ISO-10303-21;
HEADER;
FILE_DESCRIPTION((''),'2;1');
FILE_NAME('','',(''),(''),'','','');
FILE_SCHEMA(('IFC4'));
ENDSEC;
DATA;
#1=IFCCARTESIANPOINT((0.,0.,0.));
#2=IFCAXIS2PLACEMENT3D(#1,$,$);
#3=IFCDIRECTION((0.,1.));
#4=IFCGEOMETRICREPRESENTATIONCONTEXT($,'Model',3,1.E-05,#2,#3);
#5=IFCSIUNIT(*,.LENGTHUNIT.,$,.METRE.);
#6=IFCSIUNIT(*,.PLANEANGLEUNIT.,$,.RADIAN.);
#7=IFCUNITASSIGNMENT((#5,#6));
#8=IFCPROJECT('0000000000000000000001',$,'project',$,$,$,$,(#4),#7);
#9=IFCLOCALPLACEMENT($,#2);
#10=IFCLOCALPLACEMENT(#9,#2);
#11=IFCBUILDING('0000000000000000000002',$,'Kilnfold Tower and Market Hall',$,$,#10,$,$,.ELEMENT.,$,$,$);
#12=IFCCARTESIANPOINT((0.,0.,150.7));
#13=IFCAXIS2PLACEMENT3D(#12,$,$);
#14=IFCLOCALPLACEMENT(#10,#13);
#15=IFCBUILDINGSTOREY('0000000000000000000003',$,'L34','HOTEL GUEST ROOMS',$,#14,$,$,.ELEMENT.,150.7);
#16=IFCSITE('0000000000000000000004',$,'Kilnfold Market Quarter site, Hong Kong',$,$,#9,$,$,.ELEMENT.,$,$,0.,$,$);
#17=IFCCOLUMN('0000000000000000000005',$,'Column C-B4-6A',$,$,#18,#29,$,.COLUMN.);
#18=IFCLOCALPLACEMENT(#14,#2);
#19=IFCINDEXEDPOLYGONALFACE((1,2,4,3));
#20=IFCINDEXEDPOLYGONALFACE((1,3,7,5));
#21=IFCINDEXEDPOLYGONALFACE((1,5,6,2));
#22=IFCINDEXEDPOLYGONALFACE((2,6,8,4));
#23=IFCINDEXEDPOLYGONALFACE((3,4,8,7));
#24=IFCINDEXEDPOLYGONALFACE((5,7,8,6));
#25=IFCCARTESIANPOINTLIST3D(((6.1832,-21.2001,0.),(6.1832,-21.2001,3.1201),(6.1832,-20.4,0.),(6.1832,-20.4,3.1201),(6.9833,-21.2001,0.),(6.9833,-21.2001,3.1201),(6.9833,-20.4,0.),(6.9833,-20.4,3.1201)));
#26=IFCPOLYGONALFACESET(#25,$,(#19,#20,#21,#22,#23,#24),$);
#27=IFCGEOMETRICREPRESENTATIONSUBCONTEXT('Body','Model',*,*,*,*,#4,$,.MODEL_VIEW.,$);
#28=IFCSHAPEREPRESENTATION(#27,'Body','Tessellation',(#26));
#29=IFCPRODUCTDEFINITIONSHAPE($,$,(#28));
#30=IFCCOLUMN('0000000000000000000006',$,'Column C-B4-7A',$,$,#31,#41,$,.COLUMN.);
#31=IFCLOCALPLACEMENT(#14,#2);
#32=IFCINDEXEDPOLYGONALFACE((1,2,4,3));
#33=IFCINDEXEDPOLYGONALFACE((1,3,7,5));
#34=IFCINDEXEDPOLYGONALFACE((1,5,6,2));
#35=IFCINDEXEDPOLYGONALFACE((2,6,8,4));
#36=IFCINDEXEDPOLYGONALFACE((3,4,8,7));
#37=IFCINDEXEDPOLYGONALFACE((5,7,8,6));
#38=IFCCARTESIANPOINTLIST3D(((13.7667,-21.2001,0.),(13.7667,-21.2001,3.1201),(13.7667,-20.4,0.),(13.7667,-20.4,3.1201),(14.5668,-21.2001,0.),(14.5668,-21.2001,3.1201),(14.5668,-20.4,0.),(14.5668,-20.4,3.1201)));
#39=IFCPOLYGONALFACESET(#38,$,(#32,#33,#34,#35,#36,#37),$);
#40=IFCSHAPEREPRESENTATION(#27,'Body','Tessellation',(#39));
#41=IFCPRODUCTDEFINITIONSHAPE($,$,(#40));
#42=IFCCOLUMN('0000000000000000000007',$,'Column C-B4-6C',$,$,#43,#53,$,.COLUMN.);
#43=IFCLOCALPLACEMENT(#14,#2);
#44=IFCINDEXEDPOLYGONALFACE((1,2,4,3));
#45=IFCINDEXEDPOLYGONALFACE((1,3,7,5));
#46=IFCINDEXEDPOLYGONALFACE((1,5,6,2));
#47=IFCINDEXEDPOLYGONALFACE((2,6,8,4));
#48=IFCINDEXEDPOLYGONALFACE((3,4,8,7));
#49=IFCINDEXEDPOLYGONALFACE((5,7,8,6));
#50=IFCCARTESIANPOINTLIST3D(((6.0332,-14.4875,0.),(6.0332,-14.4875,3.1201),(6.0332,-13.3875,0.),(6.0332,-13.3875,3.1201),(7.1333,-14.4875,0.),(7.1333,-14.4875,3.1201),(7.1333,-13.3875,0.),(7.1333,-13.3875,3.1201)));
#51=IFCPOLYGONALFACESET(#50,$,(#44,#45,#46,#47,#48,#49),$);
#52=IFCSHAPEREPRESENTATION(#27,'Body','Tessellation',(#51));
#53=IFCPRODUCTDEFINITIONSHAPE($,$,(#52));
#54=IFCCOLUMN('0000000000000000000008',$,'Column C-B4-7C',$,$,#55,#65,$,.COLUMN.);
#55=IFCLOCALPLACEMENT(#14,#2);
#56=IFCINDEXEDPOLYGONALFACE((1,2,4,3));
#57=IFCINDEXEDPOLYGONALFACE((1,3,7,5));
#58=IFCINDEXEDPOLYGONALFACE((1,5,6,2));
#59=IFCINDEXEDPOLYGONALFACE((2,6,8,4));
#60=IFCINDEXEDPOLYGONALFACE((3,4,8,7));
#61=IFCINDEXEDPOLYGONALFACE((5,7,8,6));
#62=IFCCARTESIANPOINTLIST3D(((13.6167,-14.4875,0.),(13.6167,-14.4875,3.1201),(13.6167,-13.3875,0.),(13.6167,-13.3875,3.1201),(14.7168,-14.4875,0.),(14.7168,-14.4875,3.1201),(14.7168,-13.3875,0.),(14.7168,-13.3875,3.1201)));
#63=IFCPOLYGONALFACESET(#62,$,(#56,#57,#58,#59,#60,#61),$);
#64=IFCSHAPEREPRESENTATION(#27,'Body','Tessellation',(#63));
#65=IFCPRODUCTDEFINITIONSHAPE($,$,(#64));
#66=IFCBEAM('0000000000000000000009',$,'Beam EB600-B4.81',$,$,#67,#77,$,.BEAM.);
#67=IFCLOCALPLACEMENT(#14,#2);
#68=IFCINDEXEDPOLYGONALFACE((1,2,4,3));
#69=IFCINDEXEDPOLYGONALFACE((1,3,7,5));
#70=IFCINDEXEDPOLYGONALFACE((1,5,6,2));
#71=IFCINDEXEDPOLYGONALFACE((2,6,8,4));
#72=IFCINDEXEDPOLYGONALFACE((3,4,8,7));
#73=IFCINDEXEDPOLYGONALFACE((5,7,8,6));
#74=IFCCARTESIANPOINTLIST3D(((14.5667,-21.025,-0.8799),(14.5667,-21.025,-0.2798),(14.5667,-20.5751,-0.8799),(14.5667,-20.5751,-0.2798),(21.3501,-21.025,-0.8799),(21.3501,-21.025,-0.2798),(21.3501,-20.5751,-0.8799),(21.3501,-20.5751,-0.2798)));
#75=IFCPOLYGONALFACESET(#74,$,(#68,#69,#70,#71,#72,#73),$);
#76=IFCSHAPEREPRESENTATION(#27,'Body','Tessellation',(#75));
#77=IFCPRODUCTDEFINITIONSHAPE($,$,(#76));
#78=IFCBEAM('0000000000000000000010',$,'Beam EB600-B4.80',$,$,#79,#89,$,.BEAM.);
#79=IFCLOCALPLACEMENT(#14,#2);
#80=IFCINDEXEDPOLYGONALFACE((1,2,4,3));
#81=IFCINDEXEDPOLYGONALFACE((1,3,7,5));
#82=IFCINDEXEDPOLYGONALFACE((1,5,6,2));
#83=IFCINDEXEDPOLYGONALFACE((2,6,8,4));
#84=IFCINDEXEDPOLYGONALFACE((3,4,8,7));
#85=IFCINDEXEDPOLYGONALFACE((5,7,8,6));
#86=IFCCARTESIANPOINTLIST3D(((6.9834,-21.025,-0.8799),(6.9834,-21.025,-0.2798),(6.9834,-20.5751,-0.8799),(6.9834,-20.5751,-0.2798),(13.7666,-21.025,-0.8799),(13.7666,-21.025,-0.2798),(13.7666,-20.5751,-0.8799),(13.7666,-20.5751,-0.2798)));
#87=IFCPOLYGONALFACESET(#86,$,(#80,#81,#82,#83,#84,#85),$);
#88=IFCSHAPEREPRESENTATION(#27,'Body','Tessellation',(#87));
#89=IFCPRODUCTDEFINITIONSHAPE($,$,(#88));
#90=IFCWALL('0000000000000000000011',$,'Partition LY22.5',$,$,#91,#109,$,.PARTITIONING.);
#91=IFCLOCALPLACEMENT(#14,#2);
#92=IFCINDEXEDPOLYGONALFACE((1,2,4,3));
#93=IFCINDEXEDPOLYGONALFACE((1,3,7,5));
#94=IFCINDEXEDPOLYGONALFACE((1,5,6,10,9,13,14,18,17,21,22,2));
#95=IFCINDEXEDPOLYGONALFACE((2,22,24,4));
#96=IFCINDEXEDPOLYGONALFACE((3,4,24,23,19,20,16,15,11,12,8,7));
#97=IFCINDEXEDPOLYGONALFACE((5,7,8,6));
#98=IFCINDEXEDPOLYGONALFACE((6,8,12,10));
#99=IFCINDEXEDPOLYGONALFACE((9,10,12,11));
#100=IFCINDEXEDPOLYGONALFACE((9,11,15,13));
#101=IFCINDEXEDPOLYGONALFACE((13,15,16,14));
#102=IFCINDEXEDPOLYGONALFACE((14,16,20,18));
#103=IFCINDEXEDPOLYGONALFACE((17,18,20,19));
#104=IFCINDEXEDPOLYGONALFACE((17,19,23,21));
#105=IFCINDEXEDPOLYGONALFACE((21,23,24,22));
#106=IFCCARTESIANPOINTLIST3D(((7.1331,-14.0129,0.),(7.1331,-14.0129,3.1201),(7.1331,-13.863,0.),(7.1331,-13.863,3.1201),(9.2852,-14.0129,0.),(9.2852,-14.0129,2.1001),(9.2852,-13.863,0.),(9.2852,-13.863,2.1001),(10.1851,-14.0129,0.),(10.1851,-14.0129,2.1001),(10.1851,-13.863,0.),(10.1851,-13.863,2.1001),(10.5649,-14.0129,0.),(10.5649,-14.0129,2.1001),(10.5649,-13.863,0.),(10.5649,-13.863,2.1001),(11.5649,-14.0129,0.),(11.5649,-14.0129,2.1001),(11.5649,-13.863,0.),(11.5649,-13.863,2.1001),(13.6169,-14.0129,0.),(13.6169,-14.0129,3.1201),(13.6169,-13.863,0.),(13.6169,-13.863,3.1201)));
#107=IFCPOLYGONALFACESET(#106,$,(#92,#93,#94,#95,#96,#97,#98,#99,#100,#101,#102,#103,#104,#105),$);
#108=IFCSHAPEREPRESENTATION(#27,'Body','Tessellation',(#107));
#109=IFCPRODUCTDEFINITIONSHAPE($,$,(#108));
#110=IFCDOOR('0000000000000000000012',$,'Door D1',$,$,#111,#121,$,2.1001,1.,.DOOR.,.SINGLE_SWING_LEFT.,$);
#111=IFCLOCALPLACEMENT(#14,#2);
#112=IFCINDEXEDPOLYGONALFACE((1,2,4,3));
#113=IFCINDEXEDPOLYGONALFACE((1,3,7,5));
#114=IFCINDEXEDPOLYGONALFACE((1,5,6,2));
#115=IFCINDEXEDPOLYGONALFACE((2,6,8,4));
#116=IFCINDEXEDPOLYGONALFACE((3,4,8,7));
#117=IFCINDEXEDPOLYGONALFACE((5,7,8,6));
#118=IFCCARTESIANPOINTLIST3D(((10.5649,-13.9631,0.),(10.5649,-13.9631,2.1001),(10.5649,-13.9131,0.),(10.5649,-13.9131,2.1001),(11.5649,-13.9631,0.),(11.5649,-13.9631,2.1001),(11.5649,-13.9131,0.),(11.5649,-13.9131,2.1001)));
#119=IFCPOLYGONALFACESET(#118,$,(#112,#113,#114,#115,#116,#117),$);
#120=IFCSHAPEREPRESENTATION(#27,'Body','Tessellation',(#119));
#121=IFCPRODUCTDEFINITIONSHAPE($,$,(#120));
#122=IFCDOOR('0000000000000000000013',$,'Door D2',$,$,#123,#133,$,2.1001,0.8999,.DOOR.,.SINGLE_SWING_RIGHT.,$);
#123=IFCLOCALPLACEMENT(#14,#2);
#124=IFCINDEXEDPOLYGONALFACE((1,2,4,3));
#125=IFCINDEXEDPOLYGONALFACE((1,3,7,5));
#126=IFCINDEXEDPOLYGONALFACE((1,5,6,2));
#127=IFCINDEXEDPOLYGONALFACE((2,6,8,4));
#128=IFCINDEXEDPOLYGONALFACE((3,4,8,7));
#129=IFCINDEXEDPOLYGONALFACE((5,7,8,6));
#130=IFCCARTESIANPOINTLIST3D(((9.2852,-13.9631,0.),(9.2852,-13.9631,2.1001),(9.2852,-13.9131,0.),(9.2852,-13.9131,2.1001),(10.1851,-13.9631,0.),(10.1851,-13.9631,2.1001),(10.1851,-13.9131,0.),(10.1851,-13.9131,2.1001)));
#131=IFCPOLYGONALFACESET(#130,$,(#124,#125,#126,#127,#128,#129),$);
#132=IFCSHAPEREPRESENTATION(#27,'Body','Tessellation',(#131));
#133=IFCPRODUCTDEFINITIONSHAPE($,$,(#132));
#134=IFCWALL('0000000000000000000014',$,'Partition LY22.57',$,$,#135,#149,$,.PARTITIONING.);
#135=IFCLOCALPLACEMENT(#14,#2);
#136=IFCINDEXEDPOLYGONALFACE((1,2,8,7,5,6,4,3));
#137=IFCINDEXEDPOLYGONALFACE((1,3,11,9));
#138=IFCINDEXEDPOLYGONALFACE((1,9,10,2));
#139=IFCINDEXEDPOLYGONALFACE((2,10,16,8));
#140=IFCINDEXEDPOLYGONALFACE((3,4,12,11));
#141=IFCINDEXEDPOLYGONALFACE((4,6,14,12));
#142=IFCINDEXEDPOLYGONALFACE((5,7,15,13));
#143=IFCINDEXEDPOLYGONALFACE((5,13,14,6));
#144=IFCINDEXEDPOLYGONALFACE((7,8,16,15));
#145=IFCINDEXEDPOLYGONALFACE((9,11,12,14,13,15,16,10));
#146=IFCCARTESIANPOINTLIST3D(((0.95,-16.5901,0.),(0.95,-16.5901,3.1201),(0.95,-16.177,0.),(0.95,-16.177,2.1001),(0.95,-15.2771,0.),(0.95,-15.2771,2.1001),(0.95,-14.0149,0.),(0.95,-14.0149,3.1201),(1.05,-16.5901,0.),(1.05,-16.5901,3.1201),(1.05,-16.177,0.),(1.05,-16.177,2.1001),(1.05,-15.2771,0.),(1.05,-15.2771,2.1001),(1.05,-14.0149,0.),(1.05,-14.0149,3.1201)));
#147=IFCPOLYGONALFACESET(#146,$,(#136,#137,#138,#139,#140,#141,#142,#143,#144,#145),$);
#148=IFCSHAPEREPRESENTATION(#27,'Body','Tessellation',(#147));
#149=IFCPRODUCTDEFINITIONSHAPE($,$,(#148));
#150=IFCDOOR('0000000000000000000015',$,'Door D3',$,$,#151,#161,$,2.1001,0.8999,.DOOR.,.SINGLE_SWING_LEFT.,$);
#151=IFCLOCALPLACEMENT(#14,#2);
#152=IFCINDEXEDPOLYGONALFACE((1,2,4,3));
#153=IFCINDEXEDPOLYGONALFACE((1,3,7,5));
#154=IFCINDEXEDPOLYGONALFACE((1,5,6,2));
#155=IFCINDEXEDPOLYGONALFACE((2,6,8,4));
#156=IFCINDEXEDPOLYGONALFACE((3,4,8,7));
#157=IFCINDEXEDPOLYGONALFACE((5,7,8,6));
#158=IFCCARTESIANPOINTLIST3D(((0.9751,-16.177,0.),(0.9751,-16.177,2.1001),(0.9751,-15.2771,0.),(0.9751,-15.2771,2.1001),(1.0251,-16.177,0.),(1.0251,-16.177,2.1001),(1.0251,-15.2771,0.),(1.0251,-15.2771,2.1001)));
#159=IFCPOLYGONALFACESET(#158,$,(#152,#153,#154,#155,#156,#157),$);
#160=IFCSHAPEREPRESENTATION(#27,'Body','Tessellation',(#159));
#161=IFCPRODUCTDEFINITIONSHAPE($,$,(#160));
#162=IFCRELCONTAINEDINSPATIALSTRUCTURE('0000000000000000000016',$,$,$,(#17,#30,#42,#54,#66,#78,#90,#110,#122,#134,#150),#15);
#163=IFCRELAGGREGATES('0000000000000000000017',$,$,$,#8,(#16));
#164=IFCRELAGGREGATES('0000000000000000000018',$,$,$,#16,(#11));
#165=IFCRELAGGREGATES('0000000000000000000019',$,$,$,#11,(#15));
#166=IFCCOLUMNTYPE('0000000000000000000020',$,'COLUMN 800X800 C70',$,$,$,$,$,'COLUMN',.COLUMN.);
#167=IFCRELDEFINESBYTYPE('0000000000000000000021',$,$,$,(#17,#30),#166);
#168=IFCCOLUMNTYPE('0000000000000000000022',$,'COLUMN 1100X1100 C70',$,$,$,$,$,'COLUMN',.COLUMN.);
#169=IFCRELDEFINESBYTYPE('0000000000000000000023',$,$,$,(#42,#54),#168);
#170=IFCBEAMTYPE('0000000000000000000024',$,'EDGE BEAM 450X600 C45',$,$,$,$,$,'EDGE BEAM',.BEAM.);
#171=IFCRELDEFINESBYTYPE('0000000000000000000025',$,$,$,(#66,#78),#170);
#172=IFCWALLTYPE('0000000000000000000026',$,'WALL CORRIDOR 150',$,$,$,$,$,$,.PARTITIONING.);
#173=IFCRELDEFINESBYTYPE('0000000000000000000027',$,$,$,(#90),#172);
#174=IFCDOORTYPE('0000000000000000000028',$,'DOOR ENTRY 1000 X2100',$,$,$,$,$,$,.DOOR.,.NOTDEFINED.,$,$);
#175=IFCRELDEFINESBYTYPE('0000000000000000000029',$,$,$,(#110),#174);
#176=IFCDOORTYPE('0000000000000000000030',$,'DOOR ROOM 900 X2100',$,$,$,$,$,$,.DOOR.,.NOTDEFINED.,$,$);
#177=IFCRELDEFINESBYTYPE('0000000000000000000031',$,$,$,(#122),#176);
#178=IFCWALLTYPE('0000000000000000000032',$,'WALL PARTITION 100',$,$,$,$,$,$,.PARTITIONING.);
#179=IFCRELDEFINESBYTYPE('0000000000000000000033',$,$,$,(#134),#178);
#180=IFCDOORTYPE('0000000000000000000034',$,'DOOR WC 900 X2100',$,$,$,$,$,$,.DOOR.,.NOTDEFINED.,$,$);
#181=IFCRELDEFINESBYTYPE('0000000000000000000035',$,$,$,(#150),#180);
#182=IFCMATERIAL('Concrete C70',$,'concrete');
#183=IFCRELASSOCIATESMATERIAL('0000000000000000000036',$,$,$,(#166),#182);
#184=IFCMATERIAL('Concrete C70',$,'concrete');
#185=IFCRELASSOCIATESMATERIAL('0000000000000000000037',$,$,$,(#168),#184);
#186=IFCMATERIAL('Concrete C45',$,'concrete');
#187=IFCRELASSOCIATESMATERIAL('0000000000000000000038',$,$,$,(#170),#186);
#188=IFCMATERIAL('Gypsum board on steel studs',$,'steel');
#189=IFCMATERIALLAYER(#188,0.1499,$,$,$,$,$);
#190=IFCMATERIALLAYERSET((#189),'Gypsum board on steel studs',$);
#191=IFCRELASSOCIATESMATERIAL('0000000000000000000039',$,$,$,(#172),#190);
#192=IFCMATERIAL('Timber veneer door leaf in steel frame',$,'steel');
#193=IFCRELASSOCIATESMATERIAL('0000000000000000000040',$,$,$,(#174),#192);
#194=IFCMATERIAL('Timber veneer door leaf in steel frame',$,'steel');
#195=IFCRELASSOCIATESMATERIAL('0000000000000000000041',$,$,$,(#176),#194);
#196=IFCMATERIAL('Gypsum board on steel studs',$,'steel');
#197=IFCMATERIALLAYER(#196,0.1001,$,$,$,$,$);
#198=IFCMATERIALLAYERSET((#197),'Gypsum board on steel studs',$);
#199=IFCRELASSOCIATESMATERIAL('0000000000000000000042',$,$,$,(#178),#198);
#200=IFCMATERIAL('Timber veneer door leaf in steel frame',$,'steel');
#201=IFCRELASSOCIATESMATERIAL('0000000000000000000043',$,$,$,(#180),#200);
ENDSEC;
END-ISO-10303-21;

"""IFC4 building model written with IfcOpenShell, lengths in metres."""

from ifc_helpers import new_model, si_unit, direction, frame, frame_2d, origin, origin_2d, place, context, subcontext, project, spatial, rectangle, extrude, source, transform, mapped, material, layer, layer_set, material_profile, profile_set, type_object, element, fill, save


model = new_model("IFC4")

# Units and contexts
model_context = context("Model", 3, precision=1e-05, world=origin(), true_north=direction((0.0, 1.0)))
body_context = subcontext(model_context, "Body", "Model", "MODEL_VIEW")
ifc_project = project(units=[si_unit("LENGTHUNIT", "METRE"), si_unit("PLANEANGLEUNIT", "RADIAN")], contexts=[model_context])

# Site, building, storey
site_placement = place(None, origin())
site = spatial("IfcSite", under=ifc_project, at=site_placement, Name="Kilnfold Market Quarter site, Hong Kong", CompositionType="ELEMENT", RefElevation=0.0)
building_placement = place(site_placement, origin())
building = spatial("IfcBuilding", under=site, at=building_placement, Name="Kilnfold Tower and Market Hall", CompositionType="ELEMENT")
storey_placement = place(building_placement, frame((0.0, 0.0, 150.7)))
storey = spatial("IfcBuildingStorey", under=building, at=storey_placement, Name="L34", Description="HOTEL GUEST ROOMS", CompositionType="ELEMENT", Elevation=150.7)

# Columns
ifc_material_1 = material(Name="Concrete C70", Category="concrete")
ifc_material_profile_1 = material_profile(ifc_material_1, rectangle(XDim=0.8, YDim=0.8, at=origin_2d()), Name="RC 800x800")
ifc_profile_set_1 = profile_set([ifc_material_profile_1], Name="Concrete C70")
column_type_1 = type_object("IfcColumnType", Name="COLUMN 800X800 C70", ElementType="COLUMN", PredefinedType="COLUMN", material=ifc_profile_set_1)
shared_shape_1 = source(origin(), body_context, "Body", "SweptSolid", [
    extrude(rectangle(XDim=0.8, YDim=0.8, at=origin_2d()), origin(), (0.0, 0.0, 1.0), 3.1201),
])
for number, where, z_axis, x_axis, name in (
    (1, (6.5833, -20.8, 0.0), (0.0, 0.0, 1.0), (1.0, 0.0, 0.0), "Column C-B4-6A"),
    (2, (14.1667, -20.8, 0.0), (0.0, 0.0, 1.0), (1.0, 0.0, 0.0), "Column C-B4-7A"),
):
    element("IfcColumn", number, at=place(storey_placement, frame(where, z_axis=z_axis, x_axis=x_axis)), inside=storey, type_object=column_type_1, Name=name, PredefinedType="COLUMN", context=body_context, shape_type="MappedRepresentation", body=[
        mapped(shared_shape_1, transform((0.0, 0.0, 0.0))),
    ])
ifc_material_2 = material(Name="Concrete C70", Category="concrete")
ifc_material_profile_2 = material_profile(ifc_material_2, rectangle(XDim=1.1001, YDim=1.1001, at=origin_2d()), Name="RC 1100x1100")
ifc_profile_set_2 = profile_set([ifc_material_profile_2], Name="Concrete C70")
column_type_2 = type_object("IfcColumnType", Name="COLUMN 1100X1100 C70", ElementType="COLUMN", PredefinedType="COLUMN", material=ifc_profile_set_2)
shared_shape_2 = source(origin(), body_context, "Body", "SweptSolid", [
    extrude(rectangle(XDim=1.1001, YDim=1.1001, at=origin_2d()), origin(), (0.0, 0.0, 1.0), 3.1201),
])
for number, where, z_axis, x_axis, name in (
    (3, (6.5833, -13.9375, 0.0), (0.0, 0.0, 1.0), (1.0, 0.0, 0.0), "Column C-B4-6C"),
    (4, (14.1667, -13.9375, 0.0), (0.0, 0.0, 1.0), (1.0, 0.0, 0.0), "Column C-B4-7C"),
):
    element("IfcColumn", number, at=place(storey_placement, frame(where, z_axis=z_axis, x_axis=x_axis)), inside=storey, type_object=column_type_2, Name=name, PredefinedType="COLUMN", context=body_context, shape_type="MappedRepresentation", body=[
        mapped(shared_shape_2, transform((0.0, 0.0, 0.0))),
    ])

# Beams
ifc_material_3 = material(Name="Concrete C45", Category="concrete")
ifc_material_profile_3 = material_profile(ifc_material_3, rectangle(XDim=0.45, YDim=0.6001, at=origin_2d()), Name="RC 450x600")
ifc_profile_set_3 = profile_set([ifc_material_profile_3], Name="Concrete C45")
beam_type = type_object("IfcBeamType", Name="EDGE BEAM 450X600 C45", ElementType="EDGE BEAM", PredefinedType="BEAM", material=ifc_profile_set_3)
shared_shape_3 = source(origin(), body_context, "Body", "SweptSolid", [
    extrude(rectangle(XDim=0.45, YDim=0.6001, at=origin_2d()), origin(), (0.0, 0.0, 1.0), 6.7834),
])
beam_1_placement = place(storey_placement, frame((14.5667, -20.8, -0.5798), z_axis=(1.0, 0.0, 0.0), x_axis=(0.0, 1.0, 0.0)))
element("IfcBeam", 5, at=beam_1_placement, inside=storey, type_object=beam_type, Name="Beam EB600-B4.81", PredefinedType="BEAM", context=body_context, shape_type="MappedRepresentation", body=[
    mapped(shared_shape_3, transform((0.0, 0.0, 0.0))),
])
shared_shape_4 = source(origin(), body_context, "Body", "SweptSolid", [
    extrude(rectangle(XDim=0.45, YDim=0.6001, at=origin_2d()), origin(), (0.0, 0.0, 1.0), 6.7832),
])
beam_2_placement = place(storey_placement, frame((6.9834, -20.8, -0.5798), z_axis=(1.0, 0.0, 0.0), x_axis=(0.0, 1.0, 0.0)))
element("IfcBeam", 6, at=beam_2_placement, inside=storey, type_object=beam_type, Name="Beam EB600-B4.80", PredefinedType="BEAM", context=body_context, shape_type="MappedRepresentation", body=[
    mapped(shared_shape_4, transform((0.0, 0.0, 0.0))),
])

# Wall, openings, doors
ifc_material_4 = material(Name="Gypsum board on steel studs", Category="steel")
ifc_layer_1 = layer(ifc_material_4, 0.1499)
ifc_layer_set_1 = layer_set([ifc_layer_1], Name="Gypsum board on steel studs")
wall_type_1 = type_object("IfcWallType", Name="WALL CORRIDOR 150", PredefinedType="PARTITIONING", material=ifc_layer_set_1)
wall_1_placement = place(storey_placement, frame((7.1331, -13.938, 0.0), z_axis=(0.0, 0.0, 1.0), x_axis=(1.0, 0.0, 0.0)))
wall_1 = element("IfcWall", 7, at=wall_1_placement, inside=storey, type_object=wall_type_1, Name="Partition LY22.5", PredefinedType="PARTITIONING", context=body_context, shape_type="SweptSolid", body=[
    extrude(rectangle(XDim=6.4839, YDim=0.1499, at=frame_2d((3.2419, 0.0))), origin(), (0.0, 0.0, 1.0), 3.1201),
])
opening_1_placement = place(wall_1_placement, frame((2.1521, 0.0, 0.0)))
opening_1 = element("IfcOpeningElement", 8, at=opening_1_placement, cuts=wall_1, PredefinedType="OPENING", context=body_context, shape_type="SweptSolid", body=[
    extrude(rectangle(XDim=0.8999, YDim=2.1001, at=frame_2d((0.45, 1.05))), frame((0.0, 0.085, 0.0), z_axis=(0.0, -1.0, 0.0), x_axis=(1.0, 0.0, 0.0)), (0.0, 0.0, 1.0), 0.1699),
])
opening_2_placement = place(wall_1_placement, frame((3.4319, 0.0, 0.0)))
opening_2 = element("IfcOpeningElement", 9, at=opening_2_placement, cuts=wall_1, PredefinedType="OPENING", context=body_context, shape_type="SweptSolid", body=[
    extrude(rectangle(XDim=1.0, YDim=2.1001, at=frame_2d((0.5, 1.05))), frame((0.0, 0.085, 0.0), z_axis=(0.0, -1.0, 0.0), x_axis=(1.0, 0.0, 0.0)), (0.0, 0.0, 1.0), 0.1699),
])
ifc_material_5 = material(Name="Timber veneer door leaf in steel frame", Category="steel")
door_type_1 = type_object("IfcDoorType", Name="DOOR ENTRY 1000 X2100", OperationType="NOTDEFINED", PredefinedType="DOOR", material=ifc_material_5)
door_1_placement = place(opening_2_placement, origin())
door_1 = element("IfcDoor", 10, at=door_1_placement, inside=storey, type_object=door_type_1, Name="Door D1", OperationType="SINGLE_SWING_LEFT", OverallHeight=2.1001, OverallWidth=1.0, PredefinedType="DOOR", context=body_context, shape_type="SweptSolid", body=[
    extrude(rectangle(XDim=1.0, YDim=2.1001, at=frame_2d((0.5, 1.05))), frame((0.0, 0.0249, 0.0), z_axis=(0.0, -1.0, 0.0), x_axis=(1.0, 0.0, 0.0)), (0.0, 0.0, 1.0), 0.05),
])
fill(opening_2, door_1)
ifc_material_6 = material(Name="Timber veneer door leaf in steel frame", Category="steel")
door_type_2 = type_object("IfcDoorType", Name="DOOR ROOM 900 X2100", OperationType="NOTDEFINED", PredefinedType="DOOR", material=ifc_material_6)
door_2_placement = place(opening_1_placement, origin())
door_2 = element("IfcDoor", 11, at=door_2_placement, inside=storey, type_object=door_type_2, Name="Door D2", OperationType="SINGLE_SWING_RIGHT", OverallHeight=2.1001, OverallWidth=0.8999, PredefinedType="DOOR", context=body_context, shape_type="SweptSolid", body=[
    extrude(rectangle(XDim=0.8999, YDim=2.1001, at=frame_2d((0.45, 1.05))), frame((0.0, 0.0249, 0.0), z_axis=(0.0, -1.0, 0.0), x_axis=(1.0, 0.0, 0.0)), (0.0, 0.0, 1.0), 0.05),
])
fill(opening_1, door_2)

# Wall, opening, door
ifc_material_7 = material(Name="Gypsum board on steel studs", Category="steel")
ifc_layer_2 = layer(ifc_material_7, 0.1001)
ifc_layer_set_2 = layer_set([ifc_layer_2], Name="Gypsum board on steel studs")
wall_type_2 = type_object("IfcWallType", Name="WALL PARTITION 100", PredefinedType="PARTITIONING", material=ifc_layer_set_2)
wall_2_placement = place(storey_placement, frame((1.0, -16.5901, 0.0), z_axis=(0.0, 0.0, 1.0), x_axis=(0.0, 1.0, 0.0)))
wall_2 = element("IfcWall", 12, at=wall_2_placement, inside=storey, type_object=wall_type_2, Name="Partition LY22.57", PredefinedType="PARTITIONING", context=body_context, shape_type="SweptSolid", body=[
    extrude(rectangle(XDim=2.5752, YDim=0.1001, at=frame_2d((1.2876, 0.0))), origin(), (0.0, 0.0, 1.0), 3.1201),
])
opening_3_placement = place(wall_2_placement, frame((0.4131, 0.0, 0.0)))
opening_3 = element("IfcOpeningElement", 13, at=opening_3_placement, cuts=wall_2, PredefinedType="OPENING", context=body_context, shape_type="SweptSolid", body=[
    extrude(rectangle(XDim=0.8999, YDim=2.1001, at=frame_2d((0.45, 1.05))), frame((0.0, 0.0601, 0.0), z_axis=(0.0, -1.0, 0.0), x_axis=(1.0, 0.0, 0.0)), (0.0, 0.0, 1.0), 0.1201),
])
ifc_material_8 = material(Name="Timber veneer door leaf in steel frame", Category="steel")
door_type_3 = type_object("IfcDoorType", Name="DOOR WC 900 X2100", OperationType="NOTDEFINED", PredefinedType="DOOR", material=ifc_material_8)
door_3_placement = place(opening_3_placement, origin())
door_3 = element("IfcDoor", 14, at=door_3_placement, inside=storey, type_object=door_type_3, Name="Door D3", OperationType="SINGLE_SWING_LEFT", OverallHeight=2.1001, OverallWidth=0.8999, PredefinedType="DOOR", context=body_context, shape_type="SweptSolid", body=[
    extrude(rectangle(XDim=0.8999, YDim=2.1001, at=frame_2d((0.45, 1.05))), frame((0.0, 0.0249, 0.0), z_axis=(0.0, -1.0, 0.0), x_axis=(1.0, 0.0, 0.0)), (0.0, 0.0, 1.0), 0.05),
])
fill(opening_3, door_3)

save(model, "model.ifc")
